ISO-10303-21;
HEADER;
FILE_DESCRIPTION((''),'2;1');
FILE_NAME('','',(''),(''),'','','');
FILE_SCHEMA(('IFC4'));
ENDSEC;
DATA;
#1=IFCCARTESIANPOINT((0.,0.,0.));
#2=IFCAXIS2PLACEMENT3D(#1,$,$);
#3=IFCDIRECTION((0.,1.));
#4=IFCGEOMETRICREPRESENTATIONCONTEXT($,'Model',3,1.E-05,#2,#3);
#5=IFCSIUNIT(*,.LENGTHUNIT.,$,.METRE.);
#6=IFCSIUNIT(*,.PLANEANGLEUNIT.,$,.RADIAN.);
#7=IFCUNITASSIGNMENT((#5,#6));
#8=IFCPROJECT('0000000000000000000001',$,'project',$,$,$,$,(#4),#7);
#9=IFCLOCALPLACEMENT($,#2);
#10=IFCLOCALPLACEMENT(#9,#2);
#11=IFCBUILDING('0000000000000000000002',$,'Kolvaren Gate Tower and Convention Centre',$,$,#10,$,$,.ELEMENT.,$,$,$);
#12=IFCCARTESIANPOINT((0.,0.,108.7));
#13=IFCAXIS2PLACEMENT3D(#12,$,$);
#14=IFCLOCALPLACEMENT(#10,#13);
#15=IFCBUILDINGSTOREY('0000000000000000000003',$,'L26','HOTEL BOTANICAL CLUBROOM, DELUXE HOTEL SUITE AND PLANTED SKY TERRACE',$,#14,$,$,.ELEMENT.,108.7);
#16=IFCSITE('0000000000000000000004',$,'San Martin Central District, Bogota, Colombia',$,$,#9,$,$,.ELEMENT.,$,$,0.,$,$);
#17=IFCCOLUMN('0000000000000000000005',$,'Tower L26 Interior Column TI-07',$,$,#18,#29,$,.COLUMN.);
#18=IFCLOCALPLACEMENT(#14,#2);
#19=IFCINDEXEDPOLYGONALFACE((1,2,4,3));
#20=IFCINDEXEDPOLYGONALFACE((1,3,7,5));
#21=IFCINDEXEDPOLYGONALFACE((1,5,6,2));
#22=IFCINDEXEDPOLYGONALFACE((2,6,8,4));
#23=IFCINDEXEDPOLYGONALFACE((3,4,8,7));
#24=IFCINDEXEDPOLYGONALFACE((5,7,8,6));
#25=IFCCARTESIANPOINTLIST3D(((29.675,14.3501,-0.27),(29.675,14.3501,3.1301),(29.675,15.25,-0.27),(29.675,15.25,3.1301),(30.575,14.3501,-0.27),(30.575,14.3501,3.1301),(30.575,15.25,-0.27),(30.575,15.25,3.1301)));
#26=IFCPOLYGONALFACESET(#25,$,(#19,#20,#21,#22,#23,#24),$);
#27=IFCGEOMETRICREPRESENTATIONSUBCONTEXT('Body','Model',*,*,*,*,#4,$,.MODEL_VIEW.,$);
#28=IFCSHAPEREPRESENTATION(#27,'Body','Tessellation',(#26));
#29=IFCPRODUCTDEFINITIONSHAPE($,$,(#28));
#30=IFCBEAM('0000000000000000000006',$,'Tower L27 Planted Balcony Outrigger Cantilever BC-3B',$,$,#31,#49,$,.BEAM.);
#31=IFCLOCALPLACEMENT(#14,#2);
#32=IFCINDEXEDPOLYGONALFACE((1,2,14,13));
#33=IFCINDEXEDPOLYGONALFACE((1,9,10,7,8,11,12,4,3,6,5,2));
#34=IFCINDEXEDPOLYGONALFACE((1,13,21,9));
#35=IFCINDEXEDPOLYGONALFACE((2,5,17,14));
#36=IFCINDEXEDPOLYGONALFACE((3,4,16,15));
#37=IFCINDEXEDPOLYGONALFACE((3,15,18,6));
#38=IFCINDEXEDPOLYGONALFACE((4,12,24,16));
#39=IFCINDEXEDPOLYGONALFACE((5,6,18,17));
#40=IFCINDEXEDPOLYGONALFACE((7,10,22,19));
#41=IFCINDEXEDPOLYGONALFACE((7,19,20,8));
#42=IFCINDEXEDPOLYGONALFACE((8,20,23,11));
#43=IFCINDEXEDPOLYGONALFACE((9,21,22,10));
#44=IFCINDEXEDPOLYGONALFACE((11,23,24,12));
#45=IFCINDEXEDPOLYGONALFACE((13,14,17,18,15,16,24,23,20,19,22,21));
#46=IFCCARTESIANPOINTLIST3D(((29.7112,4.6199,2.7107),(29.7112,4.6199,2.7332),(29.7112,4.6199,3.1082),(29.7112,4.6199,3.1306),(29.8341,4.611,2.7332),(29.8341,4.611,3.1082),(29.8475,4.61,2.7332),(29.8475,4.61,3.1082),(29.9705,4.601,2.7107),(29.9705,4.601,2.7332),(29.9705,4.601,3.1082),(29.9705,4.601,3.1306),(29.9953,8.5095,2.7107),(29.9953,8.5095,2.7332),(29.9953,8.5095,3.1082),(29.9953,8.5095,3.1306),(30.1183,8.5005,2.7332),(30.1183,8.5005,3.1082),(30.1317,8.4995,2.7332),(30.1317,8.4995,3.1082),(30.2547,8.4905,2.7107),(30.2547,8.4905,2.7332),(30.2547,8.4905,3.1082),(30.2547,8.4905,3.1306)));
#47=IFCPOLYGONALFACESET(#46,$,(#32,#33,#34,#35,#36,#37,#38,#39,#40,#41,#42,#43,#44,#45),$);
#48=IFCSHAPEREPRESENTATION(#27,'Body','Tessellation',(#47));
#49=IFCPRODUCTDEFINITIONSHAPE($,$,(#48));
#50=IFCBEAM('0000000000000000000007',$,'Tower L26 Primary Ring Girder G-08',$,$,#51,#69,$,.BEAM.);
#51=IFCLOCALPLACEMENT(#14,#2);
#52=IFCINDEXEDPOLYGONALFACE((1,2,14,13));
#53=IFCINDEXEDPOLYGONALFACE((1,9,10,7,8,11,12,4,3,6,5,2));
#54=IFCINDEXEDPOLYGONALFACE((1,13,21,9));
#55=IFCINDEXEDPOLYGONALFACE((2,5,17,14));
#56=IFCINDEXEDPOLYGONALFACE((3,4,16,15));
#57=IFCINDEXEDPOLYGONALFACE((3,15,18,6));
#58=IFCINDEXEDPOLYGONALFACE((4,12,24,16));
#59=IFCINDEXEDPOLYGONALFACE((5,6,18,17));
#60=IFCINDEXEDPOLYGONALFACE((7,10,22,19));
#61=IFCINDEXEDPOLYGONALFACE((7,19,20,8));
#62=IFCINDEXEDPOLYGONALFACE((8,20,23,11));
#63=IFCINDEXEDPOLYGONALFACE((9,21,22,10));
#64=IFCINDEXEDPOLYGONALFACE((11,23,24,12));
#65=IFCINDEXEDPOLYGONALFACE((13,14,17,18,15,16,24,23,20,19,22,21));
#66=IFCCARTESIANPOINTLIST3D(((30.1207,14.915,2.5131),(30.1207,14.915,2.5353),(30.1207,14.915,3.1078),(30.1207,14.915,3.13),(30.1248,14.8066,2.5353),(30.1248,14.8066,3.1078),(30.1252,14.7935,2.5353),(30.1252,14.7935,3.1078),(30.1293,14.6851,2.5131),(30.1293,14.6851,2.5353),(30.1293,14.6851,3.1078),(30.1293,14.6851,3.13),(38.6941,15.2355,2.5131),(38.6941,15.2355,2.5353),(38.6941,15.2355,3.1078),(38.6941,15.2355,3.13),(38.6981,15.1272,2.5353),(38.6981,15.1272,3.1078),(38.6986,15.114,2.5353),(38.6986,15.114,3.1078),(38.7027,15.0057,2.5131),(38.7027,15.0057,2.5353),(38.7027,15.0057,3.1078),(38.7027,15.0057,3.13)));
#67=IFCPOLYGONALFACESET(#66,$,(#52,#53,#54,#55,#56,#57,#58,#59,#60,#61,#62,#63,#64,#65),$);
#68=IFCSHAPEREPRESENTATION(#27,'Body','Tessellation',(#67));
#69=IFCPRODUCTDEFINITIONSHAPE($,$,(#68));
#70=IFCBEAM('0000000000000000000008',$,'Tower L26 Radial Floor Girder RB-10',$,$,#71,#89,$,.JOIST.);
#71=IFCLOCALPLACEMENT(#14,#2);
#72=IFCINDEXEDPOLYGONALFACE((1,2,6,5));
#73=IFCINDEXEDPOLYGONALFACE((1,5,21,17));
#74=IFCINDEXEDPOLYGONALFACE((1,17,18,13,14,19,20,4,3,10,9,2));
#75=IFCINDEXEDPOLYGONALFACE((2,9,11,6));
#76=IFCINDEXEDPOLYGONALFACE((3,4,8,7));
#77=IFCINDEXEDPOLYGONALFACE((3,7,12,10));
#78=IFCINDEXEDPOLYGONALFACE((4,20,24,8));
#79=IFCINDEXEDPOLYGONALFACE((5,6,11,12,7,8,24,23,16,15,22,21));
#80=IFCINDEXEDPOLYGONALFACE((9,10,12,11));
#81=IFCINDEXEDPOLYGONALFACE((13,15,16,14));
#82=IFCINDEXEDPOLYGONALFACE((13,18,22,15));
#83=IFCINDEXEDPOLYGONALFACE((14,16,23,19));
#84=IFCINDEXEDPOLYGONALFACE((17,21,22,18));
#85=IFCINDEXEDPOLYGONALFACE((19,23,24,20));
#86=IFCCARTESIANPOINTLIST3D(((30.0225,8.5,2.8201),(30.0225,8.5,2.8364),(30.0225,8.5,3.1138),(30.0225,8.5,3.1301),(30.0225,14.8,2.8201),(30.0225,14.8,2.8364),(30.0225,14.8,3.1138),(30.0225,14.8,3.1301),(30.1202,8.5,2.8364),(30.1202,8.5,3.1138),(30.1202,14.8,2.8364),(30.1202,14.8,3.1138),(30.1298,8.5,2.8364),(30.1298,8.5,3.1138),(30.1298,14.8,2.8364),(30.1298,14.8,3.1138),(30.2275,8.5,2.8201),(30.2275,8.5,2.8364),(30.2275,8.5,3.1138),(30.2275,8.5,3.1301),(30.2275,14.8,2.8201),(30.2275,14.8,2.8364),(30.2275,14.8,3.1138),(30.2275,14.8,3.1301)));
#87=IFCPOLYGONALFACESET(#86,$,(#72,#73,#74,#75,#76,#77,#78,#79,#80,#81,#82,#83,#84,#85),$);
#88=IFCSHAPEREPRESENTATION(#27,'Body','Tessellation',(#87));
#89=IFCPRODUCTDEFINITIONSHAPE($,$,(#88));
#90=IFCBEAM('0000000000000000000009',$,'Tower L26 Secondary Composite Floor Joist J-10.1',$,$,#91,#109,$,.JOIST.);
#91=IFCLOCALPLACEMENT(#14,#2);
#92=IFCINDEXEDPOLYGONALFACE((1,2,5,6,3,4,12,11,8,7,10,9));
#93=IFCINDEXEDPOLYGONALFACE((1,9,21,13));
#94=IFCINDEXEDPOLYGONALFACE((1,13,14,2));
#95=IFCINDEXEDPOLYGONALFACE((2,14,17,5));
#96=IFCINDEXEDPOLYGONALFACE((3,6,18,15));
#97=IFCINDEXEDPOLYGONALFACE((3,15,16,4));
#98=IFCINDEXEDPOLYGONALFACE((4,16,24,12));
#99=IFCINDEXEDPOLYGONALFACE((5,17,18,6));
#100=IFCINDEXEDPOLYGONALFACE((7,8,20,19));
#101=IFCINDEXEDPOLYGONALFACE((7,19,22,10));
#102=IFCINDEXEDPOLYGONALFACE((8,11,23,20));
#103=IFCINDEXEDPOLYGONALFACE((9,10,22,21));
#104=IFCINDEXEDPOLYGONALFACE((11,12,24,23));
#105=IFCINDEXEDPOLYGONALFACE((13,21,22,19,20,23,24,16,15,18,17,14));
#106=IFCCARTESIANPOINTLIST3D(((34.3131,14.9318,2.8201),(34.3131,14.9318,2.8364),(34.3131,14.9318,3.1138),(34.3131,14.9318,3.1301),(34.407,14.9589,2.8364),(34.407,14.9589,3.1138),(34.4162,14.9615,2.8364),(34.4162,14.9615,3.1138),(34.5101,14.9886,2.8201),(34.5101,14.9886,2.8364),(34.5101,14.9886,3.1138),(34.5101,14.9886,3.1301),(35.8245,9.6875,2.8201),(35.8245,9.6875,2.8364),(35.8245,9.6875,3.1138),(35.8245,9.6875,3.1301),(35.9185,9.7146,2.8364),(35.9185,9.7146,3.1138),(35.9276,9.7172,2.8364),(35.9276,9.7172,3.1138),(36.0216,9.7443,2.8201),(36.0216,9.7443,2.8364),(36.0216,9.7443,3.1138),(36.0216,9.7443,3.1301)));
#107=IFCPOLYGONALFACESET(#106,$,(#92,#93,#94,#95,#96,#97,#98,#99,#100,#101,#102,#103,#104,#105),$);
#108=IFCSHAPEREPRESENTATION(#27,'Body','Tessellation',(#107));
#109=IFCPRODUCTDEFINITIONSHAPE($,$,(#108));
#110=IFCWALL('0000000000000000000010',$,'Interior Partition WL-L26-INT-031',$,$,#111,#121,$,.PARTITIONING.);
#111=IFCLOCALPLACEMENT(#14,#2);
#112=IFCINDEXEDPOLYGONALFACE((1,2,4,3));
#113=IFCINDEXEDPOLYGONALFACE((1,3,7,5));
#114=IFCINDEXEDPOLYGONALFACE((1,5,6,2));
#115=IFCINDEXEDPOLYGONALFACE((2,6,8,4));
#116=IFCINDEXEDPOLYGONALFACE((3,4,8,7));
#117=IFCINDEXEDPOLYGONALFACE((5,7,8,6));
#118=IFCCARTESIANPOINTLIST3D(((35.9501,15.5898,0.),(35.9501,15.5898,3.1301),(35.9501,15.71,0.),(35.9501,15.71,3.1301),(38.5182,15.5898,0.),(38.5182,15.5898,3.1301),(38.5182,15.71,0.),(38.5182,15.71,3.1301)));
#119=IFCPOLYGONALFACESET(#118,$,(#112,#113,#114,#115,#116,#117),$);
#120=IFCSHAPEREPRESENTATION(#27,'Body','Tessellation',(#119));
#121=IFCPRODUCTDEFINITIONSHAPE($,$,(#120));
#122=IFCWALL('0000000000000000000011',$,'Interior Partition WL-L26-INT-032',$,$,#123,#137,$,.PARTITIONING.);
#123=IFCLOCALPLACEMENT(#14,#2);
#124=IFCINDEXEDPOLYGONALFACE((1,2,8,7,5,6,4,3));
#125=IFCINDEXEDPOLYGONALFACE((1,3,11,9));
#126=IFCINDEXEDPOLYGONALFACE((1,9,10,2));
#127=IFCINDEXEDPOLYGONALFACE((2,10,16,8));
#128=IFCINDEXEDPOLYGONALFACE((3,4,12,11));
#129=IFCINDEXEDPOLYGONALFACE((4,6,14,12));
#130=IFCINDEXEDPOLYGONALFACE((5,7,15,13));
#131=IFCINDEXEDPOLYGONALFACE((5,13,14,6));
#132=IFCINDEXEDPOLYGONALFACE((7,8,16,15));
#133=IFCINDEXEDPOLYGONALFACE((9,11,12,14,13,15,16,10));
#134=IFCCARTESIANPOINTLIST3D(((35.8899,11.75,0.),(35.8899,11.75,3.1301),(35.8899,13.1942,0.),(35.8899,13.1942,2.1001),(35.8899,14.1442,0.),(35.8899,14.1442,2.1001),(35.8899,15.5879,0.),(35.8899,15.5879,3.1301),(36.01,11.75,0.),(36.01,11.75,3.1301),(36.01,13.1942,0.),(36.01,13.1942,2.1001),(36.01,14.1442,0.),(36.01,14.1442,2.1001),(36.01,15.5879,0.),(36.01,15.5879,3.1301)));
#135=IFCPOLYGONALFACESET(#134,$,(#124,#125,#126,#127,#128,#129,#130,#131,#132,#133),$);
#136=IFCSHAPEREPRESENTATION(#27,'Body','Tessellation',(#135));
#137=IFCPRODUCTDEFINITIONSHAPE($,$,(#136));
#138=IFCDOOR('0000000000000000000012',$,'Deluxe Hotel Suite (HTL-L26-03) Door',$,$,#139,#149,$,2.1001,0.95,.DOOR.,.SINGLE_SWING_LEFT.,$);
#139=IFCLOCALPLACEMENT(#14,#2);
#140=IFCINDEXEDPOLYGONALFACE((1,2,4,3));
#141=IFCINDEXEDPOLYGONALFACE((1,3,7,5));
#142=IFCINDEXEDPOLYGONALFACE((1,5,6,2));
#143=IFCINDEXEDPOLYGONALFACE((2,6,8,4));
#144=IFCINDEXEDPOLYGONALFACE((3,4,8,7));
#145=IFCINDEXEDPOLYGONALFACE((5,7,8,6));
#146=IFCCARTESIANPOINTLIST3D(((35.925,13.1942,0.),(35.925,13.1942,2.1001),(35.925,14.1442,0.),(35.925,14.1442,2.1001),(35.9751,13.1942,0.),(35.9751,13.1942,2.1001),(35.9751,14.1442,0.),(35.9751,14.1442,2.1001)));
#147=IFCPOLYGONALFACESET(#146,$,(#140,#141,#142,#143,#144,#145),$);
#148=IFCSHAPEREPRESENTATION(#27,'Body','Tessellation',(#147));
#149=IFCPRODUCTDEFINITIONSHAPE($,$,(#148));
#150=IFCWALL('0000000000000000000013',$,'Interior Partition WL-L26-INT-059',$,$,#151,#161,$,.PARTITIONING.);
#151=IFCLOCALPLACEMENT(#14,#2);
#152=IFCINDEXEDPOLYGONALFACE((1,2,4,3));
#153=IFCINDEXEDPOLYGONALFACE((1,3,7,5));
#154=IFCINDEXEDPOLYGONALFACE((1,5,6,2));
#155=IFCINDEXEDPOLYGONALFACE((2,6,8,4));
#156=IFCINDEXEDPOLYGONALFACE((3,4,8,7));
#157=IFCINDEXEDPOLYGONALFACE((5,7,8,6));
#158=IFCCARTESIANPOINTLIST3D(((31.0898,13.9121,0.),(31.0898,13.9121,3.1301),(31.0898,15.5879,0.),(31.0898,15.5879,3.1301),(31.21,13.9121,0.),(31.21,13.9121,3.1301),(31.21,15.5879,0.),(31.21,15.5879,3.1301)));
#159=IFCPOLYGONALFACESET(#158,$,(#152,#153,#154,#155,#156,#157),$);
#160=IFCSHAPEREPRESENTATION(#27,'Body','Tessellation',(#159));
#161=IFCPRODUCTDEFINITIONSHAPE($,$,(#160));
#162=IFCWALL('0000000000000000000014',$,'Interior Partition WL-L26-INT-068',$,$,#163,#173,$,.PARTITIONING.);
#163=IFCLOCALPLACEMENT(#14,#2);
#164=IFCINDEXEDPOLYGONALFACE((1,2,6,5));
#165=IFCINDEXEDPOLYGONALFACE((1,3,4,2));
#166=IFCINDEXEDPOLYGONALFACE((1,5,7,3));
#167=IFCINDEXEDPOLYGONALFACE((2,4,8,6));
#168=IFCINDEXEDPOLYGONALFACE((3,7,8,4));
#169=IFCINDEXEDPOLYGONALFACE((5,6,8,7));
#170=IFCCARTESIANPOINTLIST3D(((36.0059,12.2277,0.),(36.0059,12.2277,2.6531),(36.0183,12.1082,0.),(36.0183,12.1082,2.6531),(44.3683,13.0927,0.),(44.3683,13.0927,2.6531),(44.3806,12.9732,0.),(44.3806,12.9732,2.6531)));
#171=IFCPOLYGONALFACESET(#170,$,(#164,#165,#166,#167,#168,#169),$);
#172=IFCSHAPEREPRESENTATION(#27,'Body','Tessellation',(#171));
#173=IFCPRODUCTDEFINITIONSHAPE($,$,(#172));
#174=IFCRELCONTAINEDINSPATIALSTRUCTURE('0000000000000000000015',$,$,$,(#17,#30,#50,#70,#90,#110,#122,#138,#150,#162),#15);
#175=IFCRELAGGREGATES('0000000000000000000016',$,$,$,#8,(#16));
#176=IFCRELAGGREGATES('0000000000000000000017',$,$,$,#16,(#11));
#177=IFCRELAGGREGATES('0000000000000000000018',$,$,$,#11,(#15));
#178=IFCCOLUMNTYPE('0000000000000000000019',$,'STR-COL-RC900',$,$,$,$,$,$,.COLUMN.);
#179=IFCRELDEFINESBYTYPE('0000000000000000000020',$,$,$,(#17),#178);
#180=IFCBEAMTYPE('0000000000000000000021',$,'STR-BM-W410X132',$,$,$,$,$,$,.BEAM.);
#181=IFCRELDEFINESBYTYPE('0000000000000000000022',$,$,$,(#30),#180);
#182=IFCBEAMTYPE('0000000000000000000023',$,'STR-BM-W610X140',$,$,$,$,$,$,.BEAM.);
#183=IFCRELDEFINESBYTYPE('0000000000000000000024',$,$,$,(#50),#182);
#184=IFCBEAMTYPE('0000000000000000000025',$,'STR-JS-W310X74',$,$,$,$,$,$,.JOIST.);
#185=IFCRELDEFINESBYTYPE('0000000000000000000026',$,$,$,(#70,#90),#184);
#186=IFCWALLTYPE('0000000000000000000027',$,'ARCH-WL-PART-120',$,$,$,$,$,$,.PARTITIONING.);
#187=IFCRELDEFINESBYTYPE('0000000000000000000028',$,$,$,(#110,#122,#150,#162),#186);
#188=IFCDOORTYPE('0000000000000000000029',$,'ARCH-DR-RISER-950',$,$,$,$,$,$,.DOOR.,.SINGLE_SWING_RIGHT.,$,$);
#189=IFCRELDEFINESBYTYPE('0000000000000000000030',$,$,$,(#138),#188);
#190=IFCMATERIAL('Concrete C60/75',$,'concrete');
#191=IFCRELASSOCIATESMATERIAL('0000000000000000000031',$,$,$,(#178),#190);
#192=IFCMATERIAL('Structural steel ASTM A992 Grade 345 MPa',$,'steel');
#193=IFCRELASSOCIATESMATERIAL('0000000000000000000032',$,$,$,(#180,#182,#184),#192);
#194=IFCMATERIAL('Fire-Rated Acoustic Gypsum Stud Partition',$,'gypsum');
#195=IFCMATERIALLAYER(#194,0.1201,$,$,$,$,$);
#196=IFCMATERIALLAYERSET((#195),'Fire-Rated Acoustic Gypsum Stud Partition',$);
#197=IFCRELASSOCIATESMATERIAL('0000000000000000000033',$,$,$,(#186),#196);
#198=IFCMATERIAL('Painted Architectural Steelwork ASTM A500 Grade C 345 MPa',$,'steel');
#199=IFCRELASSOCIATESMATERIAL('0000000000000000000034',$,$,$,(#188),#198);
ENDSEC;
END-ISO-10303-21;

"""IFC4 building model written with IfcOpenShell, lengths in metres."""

from ifc_helpers import new_model, si_unit, direction, frame, frame_2d, origin, origin_2d, place, context, subcontext, project, spatial, rectangle, i_section, extrude, material, layer, layer_set, material_profile, profile_set, type_object, element, fill, save


model = new_model("IFC4")

# Units and contexts
model_context = context("Model", 3, precision=1e-05, world=origin(), true_north=direction((0.0, 1.0)))
body_context = subcontext(model_context, "Body", "Model", "MODEL_VIEW")
ifc_project = project(units=[si_unit("LENGTHUNIT", "METRE"), si_unit("PLANEANGLEUNIT", "RADIAN")], contexts=[model_context])

# Site, building, storey
site_placement = place(None, origin())
site = spatial("IfcSite", under=ifc_project, at=site_placement, Name="San Martin Central District, Bogota, Colombia", CompositionType="ELEMENT", RefElevation=0.0)
building_placement = place(site_placement, origin())
building = spatial("IfcBuilding", under=site, at=building_placement, Name="Kolvaren Gate Tower and Convention Centre", CompositionType="ELEMENT")
storey_placement = place(building_placement, frame((0.0, 0.0, 108.7)))
storey = spatial("IfcBuildingStorey", under=building, at=storey_placement, Name="L26", Description="HOTEL BOTANICAL CLUBROOM, DELUXE HOTEL SUITE AND PLANTED SKY TERRACE", CompositionType="ELEMENT", Elevation=108.7)

# Column
ifc_material_1 = material(Name="Concrete C60/75", Category="concrete")
ifc_material_profile_1 = material_profile(ifc_material_1, rectangle(XDim=0.8999, YDim=0.8999, at=origin_2d()), Name="RC-COL-900X900")
ifc_profile_set_1 = profile_set([ifc_material_profile_1], Name="Concrete C60/75")
column_type = type_object("IfcColumnType", Name="STR-COL-RC900", PredefinedType="COLUMN", material=ifc_profile_set_1)
column_placement = place(storey_placement, frame((30.125, 14.8, -0.27), z_axis=(0.0, 0.0, 1.0), x_axis=(1.0, 0.0, 0.0)))
element("IfcColumn", 1, at=column_placement, inside=storey, type_object=column_type, Name="Tower L26 Interior Column TI-07", PredefinedType="COLUMN", context=body_context, shape_type="SweptSolid", body=[
    extrude(rectangle(XDim=0.8999, YDim=0.8999, at=origin_2d()), origin(), (0.0, 0.0, 1.0), 3.4001),
])

# Beams
ifc_material_2 = material(Name="Structural steel ASTM A992 Grade 345 MPa", Category="steel")
ifc_material_profile_2 = material_profile(ifc_material_2, i_section(OverallWidth=0.26, OverallDepth=0.4199, WebThickness=0.0134, FlangeThickness=0.0225, at=origin_2d()), Name="W410X132")
ifc_profile_set_2 = profile_set([ifc_material_profile_2], Name="Structural steel ASTM A992 Grade 345 MPa")
beam_type_1 = type_object("IfcBeamType", Name="STR-BM-W410X132", PredefinedType="BEAM", material=ifc_profile_set_2)
beam_1_placement = place(storey_placement, frame((30.125, 8.5, 2.9207), z_axis=(-0.072866, -0.997342, 0.0), x_axis=(0.997342, -0.072866, 0.0)))
element("IfcBeam", 2, at=beam_1_placement, inside=storey, type_object=beam_type_1, Name="Tower L27 Planted Balcony Outrigger Cantilever BC-3B", PredefinedType="BEAM", context=body_context, shape_type="SweptSolid", body=[
    extrude(i_section(OverallWidth=0.26, OverallDepth=0.4199, WebThickness=0.0134, FlangeThickness=0.0225, at=origin_2d()), origin(), (0.0, 0.0, 1.0), 3.8999),
])
ifc_material_profile_3 = material_profile(ifc_material_2, i_section(OverallWidth=0.23, OverallDepth=0.6169, WebThickness=0.0132, FlangeThickness=0.0222, at=origin_2d()), Name="W610X140")
ifc_profile_set_3 = profile_set([ifc_material_profile_3], Name="Structural steel ASTM A992 Grade 345 MPa")
beam_type_2 = type_object("IfcBeamType", Name="STR-BM-W610X140", PredefinedType="BEAM", material=ifc_profile_set_3)
beam_2_placement = place(storey_placement, frame((30.125, 14.8, 2.8215), z_axis=(0.999302, 0.037364, 0.0), x_axis=(-0.037364, 0.999302, 0.0)))
element("IfcBeam", 3, at=beam_2_placement, inside=storey, type_object=beam_type_2, Name="Tower L26 Primary Ring Girder G-08", PredefinedType="BEAM", context=body_context, shape_type="SweptSolid", body=[
    extrude(i_section(OverallWidth=0.23, OverallDepth=0.6169, WebThickness=0.0132, FlangeThickness=0.0222, at=origin_2d()), origin(), (0.0, 0.0, 1.0), 8.5793),
])
ifc_material_profile_4 = material_profile(ifc_material_2, i_section(OverallWidth=0.2051, OverallDepth=0.3101, WebThickness=0.0095, FlangeThickness=0.0164, at=origin_2d()), Name="W310X74")
ifc_profile_set_4 = profile_set([ifc_material_profile_4], Name="Structural steel ASTM A992 Grade 345 MPa")
beam_type_3 = type_object("IfcBeamType", Name="STR-JS-W310X74", PredefinedType="JOIST", material=ifc_profile_set_4)
beam_3_placement = place(storey_placement, frame((30.125, 14.8, 2.9751), z_axis=(0.0, -1.0, 0.0), x_axis=(1.0, 0.0, 0.0)))
element("IfcBeam", 4, at=beam_3_placement, inside=storey, type_object=beam_type_3, Name="Tower L26 Radial Floor Girder RB-10", PredefinedType="JOIST", context=body_context, shape_type="SweptSolid", body=[
    extrude(i_section(OverallWidth=0.2051, OverallDepth=0.3101, WebThickness=0.0095, FlangeThickness=0.0164, at=origin_2d()), origin(), (0.0, 0.0, 1.0), 6.3),
])
beam_4_placement = place(storey_placement, frame((34.4116, 14.9602, 2.9751), z_axis=(0.276936, -0.960888, 0.0), x_axis=(0.960888, 0.276936, 0.0)))
element("IfcBeam", 5, at=beam_4_placement, inside=storey, type_object=beam_type_3, Name="Tower L26 Secondary Composite Floor Joist J-10.1", PredefinedType="JOIST", context=body_context, shape_type="SweptSolid", body=[
    extrude(i_section(OverallWidth=0.2051, OverallDepth=0.3101, WebThickness=0.0095, FlangeThickness=0.0164, at=origin_2d()), origin(), (0.0, 0.0, 1.0), 5.4578),
])

# Wall
ifc_material_3 = material(Name="Fire-Rated Acoustic Gypsum Stud Partition", Category="gypsum")
ifc_layer_1 = layer(ifc_material_3, 0.1201)
ifc_layer_set_1 = layer_set([ifc_layer_1], Name="Fire-Rated Acoustic Gypsum Stud Partition")
wall_type_1 = type_object("IfcWallType", Name="ARCH-WL-PART-120", PredefinedType="PARTITIONING", material=ifc_layer_set_1)
wall_1_placement = place(storey_placement, frame((35.95, 15.6499, 0.0), z_axis=(0.0, 0.0, 1.0), x_axis=(1.0, 0.0, 0.0)))
element("IfcWall", 6, at=wall_1_placement, inside=storey, type_object=wall_type_1, Name="Interior Partition WL-L26-INT-031", PredefinedType="PARTITIONING", context=body_context, shape_type="SweptSolid", body=[
    extrude(rectangle(XDim=2.5681, YDim=0.1201, at=frame_2d((1.2842, 0.0))), origin(), (0.0, 0.0, 1.0), 3.1301),
])

# Wall, opening, door
wall_2_placement = place(storey_placement, frame((35.95, 11.75, 0.0), z_axis=(0.0, 0.0, 1.0), x_axis=(0.0, 1.0, 0.0)))
wall_2 = element("IfcWall", 7, at=wall_2_placement, inside=storey, type_object=wall_type_1, Name="Interior Partition WL-L26-INT-032", PredefinedType="PARTITIONING", context=body_context, shape_type="SweptSolid", body=[
    extrude(rectangle(XDim=3.8379, YDim=0.1201, at=frame_2d((1.9189, 0.0))), origin(), (0.0, 0.0, 1.0), 3.1301),
])
opening_1_placement = place(wall_2_placement, frame((1.4441, 0.0, 0.0)))
opening_1 = element("IfcOpeningElement", 8, at=opening_1_placement, cuts=wall_2, PredefinedType="OPENING", context=body_context, shape_type="SweptSolid", body=[
    extrude(rectangle(XDim=0.95, YDim=2.1001, at=frame_2d((0.4751, 1.05))), frame((0.0, 0.0701, 0.0), z_axis=(0.0, -1.0, 0.0), x_axis=(1.0, 0.0, 0.0)), (0.0, 0.0, 1.0), 0.1401),
])
ifc_material_4 = material(Name="Painted Architectural Steelwork ASTM A500 Grade C 345 MPa", Category="steel")
door_type_1 = type_object("IfcDoorType", Name="ARCH-DR-RISER-950", OperationType="SINGLE_SWING_RIGHT", PredefinedType="DOOR", material=ifc_material_4)
door_1_placement = place(opening_1_placement, origin())
door_1 = element("IfcDoor", 9, at=door_1_placement, inside=storey, type_object=door_type_1, Name="Deluxe Hotel Suite (HTL-L26-03) Door", OperationType="SINGLE_SWING_LEFT", OverallHeight=2.1001, OverallWidth=0.95, PredefinedType="DOOR", context=body_context, shape_type="SweptSolid", body=[
    extrude(rectangle(XDim=0.95, YDim=2.1001, at=frame_2d((0.4751, 1.05))), frame((0.0, 0.0249, 0.0), z_axis=(0.0, -1.0, 0.0), x_axis=(1.0, 0.0, 0.0)), (0.0, 0.0, 1.0), 0.05),
])
fill(opening_1, door_1)

# Walls
wall_3_placement = place(storey_placement, frame((31.1499, 13.9121, 0.0), z_axis=(0.0, 0.0, 1.0), x_axis=(0.0, 1.0, 0.0)))
element("IfcWall", 10, at=wall_3_placement, inside=storey, type_object=wall_type_1, Name="Interior Partition WL-L26-INT-059", PredefinedType="PARTITIONING", context=body_context, shape_type="SweptSolid", body=[
    extrude(rectangle(XDim=1.6758, YDim=0.1201, at=frame_2d((0.8379, 0.0))), origin(), (0.0, 0.0, 1.0), 3.1301),
])
wall_4_placement = place(storey_placement, frame((36.012, 12.168, 0.0), z_axis=(0.0, 0.0, 1.0), x_axis=(0.994693, 0.10289, 0.0)))
element("IfcWall", 11, at=wall_4_placement, inside=storey, type_object=wall_type_1, Name="Interior Partition WL-L26-INT-068", PredefinedType="PARTITIONING", context=body_context, shape_type="SweptSolid", body=[
    extrude(rectangle(XDim=8.407, YDim=0.1201, at=frame_2d((4.2036, 0.0))), origin(), (0.0, 0.0, 1.0), 2.6531),
])

save(model, "model.ifc")
